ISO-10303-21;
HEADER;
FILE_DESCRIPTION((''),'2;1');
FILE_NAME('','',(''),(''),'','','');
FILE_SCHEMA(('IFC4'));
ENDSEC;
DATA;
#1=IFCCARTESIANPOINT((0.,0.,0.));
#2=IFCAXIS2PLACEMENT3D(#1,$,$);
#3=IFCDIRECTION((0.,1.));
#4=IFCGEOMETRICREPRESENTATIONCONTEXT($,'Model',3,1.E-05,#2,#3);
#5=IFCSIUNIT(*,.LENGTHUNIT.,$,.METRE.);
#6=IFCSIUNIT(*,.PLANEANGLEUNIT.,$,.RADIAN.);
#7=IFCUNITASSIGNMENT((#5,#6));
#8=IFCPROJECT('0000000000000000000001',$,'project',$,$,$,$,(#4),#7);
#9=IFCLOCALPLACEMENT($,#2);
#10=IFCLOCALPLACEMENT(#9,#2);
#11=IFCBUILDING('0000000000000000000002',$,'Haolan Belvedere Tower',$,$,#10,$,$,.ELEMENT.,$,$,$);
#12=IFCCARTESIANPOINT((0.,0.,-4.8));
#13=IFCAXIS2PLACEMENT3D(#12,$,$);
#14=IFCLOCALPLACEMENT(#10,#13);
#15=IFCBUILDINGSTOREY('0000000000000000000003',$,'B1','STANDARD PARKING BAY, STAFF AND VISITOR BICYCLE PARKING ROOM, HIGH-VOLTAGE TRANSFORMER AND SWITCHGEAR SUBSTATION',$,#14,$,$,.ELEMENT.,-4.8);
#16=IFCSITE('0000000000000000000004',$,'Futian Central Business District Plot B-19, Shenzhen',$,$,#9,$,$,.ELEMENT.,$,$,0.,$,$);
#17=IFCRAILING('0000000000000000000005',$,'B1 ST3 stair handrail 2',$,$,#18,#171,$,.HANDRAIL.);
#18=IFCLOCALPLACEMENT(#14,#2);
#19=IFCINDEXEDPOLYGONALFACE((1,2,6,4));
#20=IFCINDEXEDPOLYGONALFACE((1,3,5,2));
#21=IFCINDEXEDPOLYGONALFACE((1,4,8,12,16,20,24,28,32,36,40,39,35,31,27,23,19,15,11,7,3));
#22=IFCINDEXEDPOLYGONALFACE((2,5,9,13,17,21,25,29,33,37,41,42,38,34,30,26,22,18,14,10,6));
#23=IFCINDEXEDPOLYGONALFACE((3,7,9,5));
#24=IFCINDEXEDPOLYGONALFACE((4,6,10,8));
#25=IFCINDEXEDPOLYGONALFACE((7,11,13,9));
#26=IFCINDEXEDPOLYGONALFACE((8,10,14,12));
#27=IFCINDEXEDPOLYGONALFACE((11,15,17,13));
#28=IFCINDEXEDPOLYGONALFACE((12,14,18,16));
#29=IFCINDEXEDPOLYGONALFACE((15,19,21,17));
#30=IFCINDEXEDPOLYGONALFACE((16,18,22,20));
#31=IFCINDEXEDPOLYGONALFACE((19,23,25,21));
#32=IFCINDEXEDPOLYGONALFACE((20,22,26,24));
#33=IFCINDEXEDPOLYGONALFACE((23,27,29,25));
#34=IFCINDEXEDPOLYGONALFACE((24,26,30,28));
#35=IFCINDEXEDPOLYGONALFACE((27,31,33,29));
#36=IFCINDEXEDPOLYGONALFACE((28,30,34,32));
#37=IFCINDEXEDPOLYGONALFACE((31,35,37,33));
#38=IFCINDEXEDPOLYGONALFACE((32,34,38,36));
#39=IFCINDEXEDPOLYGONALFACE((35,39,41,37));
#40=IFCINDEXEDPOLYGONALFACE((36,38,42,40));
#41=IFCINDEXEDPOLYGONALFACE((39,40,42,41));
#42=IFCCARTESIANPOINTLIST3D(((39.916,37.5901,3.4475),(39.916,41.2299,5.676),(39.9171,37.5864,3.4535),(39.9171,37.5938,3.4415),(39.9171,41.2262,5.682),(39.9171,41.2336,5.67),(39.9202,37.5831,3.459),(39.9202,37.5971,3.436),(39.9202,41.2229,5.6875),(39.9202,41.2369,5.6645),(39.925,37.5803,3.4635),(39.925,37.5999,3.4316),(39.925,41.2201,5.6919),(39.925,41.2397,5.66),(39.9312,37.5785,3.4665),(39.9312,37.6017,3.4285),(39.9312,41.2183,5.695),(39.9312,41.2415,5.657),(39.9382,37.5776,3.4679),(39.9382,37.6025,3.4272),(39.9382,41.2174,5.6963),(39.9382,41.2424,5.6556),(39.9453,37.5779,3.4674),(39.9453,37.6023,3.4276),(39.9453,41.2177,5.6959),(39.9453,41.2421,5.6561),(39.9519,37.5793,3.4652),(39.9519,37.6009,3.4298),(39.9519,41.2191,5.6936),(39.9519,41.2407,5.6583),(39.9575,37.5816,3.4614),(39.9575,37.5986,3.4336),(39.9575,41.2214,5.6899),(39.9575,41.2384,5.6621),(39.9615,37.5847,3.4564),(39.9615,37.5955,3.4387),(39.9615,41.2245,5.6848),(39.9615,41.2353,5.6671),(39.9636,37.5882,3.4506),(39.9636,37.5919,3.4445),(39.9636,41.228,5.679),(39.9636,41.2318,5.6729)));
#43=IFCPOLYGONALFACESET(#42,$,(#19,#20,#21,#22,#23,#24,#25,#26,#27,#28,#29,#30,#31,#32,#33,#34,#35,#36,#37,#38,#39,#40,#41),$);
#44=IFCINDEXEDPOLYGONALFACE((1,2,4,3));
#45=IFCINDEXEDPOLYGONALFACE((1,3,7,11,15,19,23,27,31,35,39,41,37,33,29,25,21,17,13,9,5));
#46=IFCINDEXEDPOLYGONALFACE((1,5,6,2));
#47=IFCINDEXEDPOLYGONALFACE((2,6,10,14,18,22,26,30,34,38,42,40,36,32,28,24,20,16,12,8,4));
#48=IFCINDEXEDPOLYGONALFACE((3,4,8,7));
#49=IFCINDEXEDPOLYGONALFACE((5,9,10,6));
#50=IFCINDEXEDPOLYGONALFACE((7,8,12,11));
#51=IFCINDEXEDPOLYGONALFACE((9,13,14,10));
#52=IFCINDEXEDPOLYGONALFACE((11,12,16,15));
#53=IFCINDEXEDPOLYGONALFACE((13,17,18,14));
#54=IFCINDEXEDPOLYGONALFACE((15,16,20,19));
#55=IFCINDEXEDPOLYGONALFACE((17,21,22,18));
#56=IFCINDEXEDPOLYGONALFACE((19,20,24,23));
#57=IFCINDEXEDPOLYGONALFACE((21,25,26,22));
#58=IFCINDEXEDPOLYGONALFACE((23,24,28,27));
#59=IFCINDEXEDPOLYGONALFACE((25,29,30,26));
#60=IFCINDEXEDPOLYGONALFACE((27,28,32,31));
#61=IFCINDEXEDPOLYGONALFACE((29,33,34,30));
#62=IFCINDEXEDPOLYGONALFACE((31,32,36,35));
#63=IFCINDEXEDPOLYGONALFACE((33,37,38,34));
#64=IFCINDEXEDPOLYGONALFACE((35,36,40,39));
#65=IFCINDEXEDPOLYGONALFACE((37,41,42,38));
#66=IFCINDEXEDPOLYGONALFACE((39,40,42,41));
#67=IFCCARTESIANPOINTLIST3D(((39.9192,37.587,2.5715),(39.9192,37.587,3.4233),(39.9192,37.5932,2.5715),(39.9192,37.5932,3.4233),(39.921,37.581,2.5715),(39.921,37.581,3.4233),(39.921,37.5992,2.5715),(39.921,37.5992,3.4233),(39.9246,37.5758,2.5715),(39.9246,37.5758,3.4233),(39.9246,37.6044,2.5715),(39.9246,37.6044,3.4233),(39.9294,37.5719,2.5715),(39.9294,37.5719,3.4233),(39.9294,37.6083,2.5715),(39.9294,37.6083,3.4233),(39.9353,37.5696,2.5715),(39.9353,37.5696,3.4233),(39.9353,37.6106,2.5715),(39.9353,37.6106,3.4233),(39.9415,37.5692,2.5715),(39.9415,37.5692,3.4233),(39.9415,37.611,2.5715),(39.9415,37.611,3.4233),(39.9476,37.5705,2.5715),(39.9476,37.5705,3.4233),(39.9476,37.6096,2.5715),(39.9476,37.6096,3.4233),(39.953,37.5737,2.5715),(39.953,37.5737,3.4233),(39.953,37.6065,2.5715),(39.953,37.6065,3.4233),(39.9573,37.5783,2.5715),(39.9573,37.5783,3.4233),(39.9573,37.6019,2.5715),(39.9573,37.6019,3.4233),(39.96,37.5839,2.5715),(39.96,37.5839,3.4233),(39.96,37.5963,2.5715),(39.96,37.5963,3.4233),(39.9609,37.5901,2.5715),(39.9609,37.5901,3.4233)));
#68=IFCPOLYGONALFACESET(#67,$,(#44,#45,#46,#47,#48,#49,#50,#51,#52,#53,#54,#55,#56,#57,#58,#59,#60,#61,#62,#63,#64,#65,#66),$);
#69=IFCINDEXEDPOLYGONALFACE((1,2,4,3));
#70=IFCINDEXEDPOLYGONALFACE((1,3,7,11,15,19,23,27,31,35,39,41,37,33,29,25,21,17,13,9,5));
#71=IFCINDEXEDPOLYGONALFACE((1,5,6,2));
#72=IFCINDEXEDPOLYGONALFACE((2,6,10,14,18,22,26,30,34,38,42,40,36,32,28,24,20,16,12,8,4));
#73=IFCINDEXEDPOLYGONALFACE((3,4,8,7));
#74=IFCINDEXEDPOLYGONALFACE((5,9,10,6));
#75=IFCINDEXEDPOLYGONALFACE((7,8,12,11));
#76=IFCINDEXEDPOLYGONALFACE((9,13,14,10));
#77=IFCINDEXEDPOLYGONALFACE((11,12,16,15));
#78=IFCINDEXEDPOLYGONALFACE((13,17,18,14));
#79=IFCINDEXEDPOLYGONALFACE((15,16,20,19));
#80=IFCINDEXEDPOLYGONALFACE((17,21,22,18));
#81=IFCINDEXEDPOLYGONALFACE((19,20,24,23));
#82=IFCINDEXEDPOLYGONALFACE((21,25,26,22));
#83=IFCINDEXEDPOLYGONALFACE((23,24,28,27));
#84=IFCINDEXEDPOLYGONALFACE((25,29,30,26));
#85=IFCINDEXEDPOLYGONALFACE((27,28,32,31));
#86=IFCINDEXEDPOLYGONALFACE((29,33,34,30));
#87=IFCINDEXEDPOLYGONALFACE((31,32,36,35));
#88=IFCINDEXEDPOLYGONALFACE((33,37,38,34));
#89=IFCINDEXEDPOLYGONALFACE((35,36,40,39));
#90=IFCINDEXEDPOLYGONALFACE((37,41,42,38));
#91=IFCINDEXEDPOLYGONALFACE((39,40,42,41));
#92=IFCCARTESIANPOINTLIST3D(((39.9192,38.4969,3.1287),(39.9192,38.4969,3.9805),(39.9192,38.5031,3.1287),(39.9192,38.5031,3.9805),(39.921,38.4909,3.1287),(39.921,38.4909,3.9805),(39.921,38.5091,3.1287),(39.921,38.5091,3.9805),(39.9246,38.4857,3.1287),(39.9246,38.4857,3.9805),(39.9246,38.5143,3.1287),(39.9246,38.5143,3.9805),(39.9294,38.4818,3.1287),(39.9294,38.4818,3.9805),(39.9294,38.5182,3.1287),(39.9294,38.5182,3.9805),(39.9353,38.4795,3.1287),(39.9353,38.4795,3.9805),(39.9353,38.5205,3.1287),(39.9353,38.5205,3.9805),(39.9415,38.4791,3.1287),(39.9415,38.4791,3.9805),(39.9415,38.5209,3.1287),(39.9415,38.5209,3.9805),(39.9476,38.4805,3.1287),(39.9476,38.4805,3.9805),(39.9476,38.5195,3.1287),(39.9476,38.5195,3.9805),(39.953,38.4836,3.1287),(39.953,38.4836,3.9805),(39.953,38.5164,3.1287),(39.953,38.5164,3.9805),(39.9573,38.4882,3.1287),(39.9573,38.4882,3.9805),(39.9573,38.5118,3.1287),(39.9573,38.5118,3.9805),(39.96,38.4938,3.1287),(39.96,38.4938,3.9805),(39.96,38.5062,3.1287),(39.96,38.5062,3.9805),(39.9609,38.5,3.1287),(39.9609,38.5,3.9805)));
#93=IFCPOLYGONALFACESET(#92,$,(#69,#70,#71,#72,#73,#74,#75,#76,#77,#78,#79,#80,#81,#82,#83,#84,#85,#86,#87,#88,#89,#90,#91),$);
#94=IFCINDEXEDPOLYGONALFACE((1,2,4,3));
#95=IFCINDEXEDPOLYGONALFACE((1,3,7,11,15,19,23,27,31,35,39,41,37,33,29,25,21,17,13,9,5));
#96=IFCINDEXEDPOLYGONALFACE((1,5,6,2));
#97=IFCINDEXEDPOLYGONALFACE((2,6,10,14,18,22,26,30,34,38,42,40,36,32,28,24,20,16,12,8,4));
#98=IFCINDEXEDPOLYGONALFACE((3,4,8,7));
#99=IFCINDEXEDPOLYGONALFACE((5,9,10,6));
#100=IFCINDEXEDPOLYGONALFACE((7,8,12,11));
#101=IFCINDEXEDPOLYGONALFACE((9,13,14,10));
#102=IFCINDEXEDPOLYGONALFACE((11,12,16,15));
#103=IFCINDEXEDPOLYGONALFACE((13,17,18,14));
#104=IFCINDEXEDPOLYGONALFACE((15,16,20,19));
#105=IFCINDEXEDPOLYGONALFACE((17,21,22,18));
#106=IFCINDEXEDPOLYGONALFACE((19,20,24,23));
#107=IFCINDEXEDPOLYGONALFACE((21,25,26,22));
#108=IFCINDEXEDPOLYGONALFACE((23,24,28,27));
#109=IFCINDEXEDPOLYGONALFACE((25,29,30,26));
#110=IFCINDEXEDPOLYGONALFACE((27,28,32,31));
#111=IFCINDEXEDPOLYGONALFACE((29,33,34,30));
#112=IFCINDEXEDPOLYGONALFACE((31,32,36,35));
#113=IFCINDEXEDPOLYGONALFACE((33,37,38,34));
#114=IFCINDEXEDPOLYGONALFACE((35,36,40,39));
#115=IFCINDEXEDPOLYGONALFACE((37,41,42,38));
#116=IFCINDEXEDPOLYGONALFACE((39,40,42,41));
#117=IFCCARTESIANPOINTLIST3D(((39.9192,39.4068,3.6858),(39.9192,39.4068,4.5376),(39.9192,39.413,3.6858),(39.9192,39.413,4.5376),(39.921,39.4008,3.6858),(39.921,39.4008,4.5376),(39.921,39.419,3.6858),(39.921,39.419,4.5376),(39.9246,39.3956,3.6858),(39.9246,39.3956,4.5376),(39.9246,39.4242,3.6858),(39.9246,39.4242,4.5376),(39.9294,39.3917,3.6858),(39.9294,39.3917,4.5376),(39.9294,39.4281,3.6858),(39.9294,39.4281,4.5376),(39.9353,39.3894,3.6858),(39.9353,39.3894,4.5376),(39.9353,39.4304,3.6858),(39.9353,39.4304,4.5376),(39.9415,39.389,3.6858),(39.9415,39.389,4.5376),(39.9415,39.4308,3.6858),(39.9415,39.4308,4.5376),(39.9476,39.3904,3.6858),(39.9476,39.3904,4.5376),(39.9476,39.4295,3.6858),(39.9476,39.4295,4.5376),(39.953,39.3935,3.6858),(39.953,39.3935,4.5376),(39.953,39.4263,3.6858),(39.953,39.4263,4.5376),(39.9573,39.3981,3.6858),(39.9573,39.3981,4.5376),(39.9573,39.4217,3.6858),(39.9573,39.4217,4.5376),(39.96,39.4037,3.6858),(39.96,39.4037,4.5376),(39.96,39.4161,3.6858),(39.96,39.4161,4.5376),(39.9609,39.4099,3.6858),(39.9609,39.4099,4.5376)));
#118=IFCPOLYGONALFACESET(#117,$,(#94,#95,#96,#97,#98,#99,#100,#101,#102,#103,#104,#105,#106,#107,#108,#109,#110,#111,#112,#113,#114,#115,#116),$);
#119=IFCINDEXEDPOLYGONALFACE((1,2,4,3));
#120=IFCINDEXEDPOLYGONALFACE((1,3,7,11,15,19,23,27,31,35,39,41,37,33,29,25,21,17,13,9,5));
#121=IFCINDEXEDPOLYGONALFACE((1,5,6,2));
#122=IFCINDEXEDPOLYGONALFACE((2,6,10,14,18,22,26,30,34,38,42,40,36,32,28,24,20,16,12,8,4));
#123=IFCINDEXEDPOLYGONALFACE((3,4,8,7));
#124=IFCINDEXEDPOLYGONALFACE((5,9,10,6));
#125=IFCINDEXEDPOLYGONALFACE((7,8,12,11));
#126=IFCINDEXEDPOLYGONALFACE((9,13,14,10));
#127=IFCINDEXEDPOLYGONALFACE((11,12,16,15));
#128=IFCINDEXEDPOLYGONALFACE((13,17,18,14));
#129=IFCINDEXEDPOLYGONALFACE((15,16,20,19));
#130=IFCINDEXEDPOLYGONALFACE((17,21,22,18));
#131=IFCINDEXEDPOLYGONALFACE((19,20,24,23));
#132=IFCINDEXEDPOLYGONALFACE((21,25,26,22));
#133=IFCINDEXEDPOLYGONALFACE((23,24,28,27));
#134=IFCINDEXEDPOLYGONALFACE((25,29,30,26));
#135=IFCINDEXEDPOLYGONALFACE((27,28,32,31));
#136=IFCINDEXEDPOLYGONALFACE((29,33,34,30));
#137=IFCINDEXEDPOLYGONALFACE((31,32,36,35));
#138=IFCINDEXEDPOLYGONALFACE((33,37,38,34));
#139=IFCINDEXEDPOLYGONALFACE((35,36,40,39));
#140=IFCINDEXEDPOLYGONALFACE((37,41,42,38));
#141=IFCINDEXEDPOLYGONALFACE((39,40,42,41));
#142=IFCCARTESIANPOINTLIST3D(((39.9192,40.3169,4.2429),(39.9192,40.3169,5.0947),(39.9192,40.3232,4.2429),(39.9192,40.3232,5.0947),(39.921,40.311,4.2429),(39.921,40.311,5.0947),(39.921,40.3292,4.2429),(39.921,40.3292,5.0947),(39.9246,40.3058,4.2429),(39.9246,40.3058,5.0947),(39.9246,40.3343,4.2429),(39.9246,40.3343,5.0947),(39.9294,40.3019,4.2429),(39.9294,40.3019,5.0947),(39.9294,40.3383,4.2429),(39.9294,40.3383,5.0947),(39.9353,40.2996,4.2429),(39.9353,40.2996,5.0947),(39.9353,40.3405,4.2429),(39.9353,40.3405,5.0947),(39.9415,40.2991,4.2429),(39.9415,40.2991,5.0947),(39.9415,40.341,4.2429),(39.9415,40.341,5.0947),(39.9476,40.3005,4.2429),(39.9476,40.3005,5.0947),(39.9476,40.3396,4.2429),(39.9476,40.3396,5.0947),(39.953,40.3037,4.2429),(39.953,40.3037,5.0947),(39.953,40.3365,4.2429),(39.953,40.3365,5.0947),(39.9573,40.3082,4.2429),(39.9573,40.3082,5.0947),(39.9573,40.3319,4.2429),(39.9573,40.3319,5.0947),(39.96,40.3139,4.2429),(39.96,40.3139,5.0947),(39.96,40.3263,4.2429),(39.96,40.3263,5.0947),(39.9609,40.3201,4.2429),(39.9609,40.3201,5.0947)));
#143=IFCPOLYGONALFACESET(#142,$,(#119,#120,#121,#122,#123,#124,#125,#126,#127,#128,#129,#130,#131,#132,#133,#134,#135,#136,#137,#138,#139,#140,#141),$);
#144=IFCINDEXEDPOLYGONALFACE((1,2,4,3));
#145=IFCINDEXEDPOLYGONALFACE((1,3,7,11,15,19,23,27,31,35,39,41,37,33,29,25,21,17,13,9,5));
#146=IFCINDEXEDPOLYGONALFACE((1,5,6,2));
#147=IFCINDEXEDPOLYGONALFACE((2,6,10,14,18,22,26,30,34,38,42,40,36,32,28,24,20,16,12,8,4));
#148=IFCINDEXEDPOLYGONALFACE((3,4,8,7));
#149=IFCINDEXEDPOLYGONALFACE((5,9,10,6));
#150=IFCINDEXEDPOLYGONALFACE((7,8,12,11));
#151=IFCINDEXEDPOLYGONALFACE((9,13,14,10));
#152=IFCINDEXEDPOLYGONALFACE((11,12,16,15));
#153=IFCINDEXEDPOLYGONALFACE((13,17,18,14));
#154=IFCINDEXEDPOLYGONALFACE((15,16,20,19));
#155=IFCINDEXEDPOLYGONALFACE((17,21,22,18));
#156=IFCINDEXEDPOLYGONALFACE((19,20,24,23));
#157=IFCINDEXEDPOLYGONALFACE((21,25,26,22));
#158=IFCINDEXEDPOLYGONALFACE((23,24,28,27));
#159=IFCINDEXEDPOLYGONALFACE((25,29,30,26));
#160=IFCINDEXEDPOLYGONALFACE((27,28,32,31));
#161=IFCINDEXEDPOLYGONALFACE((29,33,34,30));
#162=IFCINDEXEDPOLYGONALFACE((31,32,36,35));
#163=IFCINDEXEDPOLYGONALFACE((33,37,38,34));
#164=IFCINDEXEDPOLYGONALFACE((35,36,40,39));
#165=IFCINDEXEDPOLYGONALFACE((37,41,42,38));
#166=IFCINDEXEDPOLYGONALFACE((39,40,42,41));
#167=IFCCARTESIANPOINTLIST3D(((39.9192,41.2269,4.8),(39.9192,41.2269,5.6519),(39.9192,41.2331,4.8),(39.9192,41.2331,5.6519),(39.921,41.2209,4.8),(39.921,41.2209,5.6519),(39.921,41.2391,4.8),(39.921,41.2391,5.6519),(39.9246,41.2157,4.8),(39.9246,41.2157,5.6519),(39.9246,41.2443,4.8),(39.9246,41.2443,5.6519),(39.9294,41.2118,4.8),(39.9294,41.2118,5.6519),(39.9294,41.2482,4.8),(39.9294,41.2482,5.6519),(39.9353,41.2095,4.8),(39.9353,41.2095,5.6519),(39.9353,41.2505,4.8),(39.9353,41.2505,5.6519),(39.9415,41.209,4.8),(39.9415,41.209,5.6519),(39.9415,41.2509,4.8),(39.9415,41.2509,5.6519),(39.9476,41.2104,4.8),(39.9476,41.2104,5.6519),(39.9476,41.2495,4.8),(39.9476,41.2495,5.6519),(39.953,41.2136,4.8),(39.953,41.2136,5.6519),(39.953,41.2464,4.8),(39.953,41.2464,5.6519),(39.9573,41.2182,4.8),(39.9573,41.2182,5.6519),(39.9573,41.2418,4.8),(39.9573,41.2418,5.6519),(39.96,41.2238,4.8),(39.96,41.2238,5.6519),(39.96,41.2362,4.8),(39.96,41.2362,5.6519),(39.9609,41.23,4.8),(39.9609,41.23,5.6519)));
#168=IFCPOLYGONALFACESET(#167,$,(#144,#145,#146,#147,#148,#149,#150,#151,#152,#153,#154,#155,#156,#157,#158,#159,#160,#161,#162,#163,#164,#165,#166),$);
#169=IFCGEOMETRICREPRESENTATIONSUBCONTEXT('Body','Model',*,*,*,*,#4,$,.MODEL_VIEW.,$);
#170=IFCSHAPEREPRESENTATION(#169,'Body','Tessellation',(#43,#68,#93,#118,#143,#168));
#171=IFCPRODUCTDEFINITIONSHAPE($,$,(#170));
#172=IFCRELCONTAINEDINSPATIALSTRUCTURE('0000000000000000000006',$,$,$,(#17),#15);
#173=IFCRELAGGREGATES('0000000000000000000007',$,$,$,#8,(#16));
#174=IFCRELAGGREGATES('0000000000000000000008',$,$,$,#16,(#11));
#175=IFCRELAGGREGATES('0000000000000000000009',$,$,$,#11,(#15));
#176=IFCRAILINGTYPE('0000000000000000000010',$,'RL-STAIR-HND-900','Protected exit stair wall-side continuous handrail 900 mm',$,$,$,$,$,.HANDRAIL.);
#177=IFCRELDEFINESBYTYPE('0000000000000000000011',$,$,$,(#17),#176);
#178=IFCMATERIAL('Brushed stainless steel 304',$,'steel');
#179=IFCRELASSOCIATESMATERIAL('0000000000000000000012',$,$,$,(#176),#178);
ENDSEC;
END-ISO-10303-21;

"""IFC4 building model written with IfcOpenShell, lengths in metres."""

from ifc_helpers import new_model, si_unit, direction, frame, origin, origin_2d, place, context, subcontext, project, spatial, circle, extrude, material, type_object, element, save


model = new_model("IFC4")

# Units and contexts
model_context = context("Model", 3, precision=1e-05, world=origin(), true_north=direction((0.0, 1.0)))
body_context = subcontext(model_context, "Body", "Model", "MODEL_VIEW")
ifc_project = project(units=[si_unit("LENGTHUNIT", "METRE"), si_unit("PLANEANGLEUNIT", "RADIAN")], contexts=[model_context])

# Site, building, storey
site_placement = place(None, origin())
site = spatial("IfcSite", under=ifc_project, at=site_placement, Name="Futian Central Business District Plot B-19, Shenzhen", CompositionType="ELEMENT", RefElevation=0.0)
building_placement = place(site_placement, origin())
building = spatial("IfcBuilding", under=site, at=building_placement, Name="Haolan Belvedere Tower", CompositionType="ELEMENT")
storey_placement = place(building_placement, frame((0.0, 0.0, -4.8)))
storey = spatial("IfcBuildingStorey", under=building, at=storey_placement, Name="B1", Description="STANDARD PARKING BAY, STAFF AND VISITOR BICYCLE PARKING ROOM, HIGH-VOLTAGE TRANSFORMER AND SWITCHGEAR SUBSTATION", CompositionType="ELEMENT", Elevation=-4.8)

# Railing
ifc_material_1 = material(Name="Brushed stainless steel 304", Category="steel")
railing_type_1 = type_object("IfcRailingType", Name="RL-STAIR-HND-900", Description="Protected exit stair wall-side continuous handrail 900 mm", PredefinedType="HANDRAIL", material=ifc_material_1)
railing_1_placement = place(storey_placement, frame((39.9399, 37.5901, 2.5715)))
element("IfcRailing", 1, at=railing_1_placement, inside=storey, type_object=railing_type_1, Name="B1 ST3 stair handrail 2", PredefinedType="HANDRAIL", context=body_context, shape_type="SweptSolid", body=[
    extrude(circle(Radius=0.0239, at=origin_2d()), frame((0.0, 0.0, 0.876), z_axis=(0.0, 0.85285, 0.522156), x_axis=(-1.0, 0.0, 0.0)), (0.0, 0.0, 1.0), 4.2678),
    extrude(circle(Radius=0.021, at=origin_2d()), origin(), (0.0, 0.0, 1.0), 0.8518),
    extrude(circle(Radius=0.021, at=origin_2d()), frame((0.0, 0.9099, 0.5571)), (0.0, 0.0, 1.0), 0.8518),
    extrude(circle(Radius=0.021, at=origin_2d()), frame((0.0, 1.8198, 1.1143)), (0.0, 0.0, 1.0), 0.8518),
    extrude(circle(Radius=0.021, at=origin_2d()), frame((0.0, 2.73, 1.6714)), (0.0, 0.0, 1.0), 0.8518),
    extrude(circle(Radius=0.021, at=origin_2d()), frame((0.0, 3.6399, 2.2285)), (0.0, 0.0, 1.0), 0.8518),
])

save(model, "model.ifc")
